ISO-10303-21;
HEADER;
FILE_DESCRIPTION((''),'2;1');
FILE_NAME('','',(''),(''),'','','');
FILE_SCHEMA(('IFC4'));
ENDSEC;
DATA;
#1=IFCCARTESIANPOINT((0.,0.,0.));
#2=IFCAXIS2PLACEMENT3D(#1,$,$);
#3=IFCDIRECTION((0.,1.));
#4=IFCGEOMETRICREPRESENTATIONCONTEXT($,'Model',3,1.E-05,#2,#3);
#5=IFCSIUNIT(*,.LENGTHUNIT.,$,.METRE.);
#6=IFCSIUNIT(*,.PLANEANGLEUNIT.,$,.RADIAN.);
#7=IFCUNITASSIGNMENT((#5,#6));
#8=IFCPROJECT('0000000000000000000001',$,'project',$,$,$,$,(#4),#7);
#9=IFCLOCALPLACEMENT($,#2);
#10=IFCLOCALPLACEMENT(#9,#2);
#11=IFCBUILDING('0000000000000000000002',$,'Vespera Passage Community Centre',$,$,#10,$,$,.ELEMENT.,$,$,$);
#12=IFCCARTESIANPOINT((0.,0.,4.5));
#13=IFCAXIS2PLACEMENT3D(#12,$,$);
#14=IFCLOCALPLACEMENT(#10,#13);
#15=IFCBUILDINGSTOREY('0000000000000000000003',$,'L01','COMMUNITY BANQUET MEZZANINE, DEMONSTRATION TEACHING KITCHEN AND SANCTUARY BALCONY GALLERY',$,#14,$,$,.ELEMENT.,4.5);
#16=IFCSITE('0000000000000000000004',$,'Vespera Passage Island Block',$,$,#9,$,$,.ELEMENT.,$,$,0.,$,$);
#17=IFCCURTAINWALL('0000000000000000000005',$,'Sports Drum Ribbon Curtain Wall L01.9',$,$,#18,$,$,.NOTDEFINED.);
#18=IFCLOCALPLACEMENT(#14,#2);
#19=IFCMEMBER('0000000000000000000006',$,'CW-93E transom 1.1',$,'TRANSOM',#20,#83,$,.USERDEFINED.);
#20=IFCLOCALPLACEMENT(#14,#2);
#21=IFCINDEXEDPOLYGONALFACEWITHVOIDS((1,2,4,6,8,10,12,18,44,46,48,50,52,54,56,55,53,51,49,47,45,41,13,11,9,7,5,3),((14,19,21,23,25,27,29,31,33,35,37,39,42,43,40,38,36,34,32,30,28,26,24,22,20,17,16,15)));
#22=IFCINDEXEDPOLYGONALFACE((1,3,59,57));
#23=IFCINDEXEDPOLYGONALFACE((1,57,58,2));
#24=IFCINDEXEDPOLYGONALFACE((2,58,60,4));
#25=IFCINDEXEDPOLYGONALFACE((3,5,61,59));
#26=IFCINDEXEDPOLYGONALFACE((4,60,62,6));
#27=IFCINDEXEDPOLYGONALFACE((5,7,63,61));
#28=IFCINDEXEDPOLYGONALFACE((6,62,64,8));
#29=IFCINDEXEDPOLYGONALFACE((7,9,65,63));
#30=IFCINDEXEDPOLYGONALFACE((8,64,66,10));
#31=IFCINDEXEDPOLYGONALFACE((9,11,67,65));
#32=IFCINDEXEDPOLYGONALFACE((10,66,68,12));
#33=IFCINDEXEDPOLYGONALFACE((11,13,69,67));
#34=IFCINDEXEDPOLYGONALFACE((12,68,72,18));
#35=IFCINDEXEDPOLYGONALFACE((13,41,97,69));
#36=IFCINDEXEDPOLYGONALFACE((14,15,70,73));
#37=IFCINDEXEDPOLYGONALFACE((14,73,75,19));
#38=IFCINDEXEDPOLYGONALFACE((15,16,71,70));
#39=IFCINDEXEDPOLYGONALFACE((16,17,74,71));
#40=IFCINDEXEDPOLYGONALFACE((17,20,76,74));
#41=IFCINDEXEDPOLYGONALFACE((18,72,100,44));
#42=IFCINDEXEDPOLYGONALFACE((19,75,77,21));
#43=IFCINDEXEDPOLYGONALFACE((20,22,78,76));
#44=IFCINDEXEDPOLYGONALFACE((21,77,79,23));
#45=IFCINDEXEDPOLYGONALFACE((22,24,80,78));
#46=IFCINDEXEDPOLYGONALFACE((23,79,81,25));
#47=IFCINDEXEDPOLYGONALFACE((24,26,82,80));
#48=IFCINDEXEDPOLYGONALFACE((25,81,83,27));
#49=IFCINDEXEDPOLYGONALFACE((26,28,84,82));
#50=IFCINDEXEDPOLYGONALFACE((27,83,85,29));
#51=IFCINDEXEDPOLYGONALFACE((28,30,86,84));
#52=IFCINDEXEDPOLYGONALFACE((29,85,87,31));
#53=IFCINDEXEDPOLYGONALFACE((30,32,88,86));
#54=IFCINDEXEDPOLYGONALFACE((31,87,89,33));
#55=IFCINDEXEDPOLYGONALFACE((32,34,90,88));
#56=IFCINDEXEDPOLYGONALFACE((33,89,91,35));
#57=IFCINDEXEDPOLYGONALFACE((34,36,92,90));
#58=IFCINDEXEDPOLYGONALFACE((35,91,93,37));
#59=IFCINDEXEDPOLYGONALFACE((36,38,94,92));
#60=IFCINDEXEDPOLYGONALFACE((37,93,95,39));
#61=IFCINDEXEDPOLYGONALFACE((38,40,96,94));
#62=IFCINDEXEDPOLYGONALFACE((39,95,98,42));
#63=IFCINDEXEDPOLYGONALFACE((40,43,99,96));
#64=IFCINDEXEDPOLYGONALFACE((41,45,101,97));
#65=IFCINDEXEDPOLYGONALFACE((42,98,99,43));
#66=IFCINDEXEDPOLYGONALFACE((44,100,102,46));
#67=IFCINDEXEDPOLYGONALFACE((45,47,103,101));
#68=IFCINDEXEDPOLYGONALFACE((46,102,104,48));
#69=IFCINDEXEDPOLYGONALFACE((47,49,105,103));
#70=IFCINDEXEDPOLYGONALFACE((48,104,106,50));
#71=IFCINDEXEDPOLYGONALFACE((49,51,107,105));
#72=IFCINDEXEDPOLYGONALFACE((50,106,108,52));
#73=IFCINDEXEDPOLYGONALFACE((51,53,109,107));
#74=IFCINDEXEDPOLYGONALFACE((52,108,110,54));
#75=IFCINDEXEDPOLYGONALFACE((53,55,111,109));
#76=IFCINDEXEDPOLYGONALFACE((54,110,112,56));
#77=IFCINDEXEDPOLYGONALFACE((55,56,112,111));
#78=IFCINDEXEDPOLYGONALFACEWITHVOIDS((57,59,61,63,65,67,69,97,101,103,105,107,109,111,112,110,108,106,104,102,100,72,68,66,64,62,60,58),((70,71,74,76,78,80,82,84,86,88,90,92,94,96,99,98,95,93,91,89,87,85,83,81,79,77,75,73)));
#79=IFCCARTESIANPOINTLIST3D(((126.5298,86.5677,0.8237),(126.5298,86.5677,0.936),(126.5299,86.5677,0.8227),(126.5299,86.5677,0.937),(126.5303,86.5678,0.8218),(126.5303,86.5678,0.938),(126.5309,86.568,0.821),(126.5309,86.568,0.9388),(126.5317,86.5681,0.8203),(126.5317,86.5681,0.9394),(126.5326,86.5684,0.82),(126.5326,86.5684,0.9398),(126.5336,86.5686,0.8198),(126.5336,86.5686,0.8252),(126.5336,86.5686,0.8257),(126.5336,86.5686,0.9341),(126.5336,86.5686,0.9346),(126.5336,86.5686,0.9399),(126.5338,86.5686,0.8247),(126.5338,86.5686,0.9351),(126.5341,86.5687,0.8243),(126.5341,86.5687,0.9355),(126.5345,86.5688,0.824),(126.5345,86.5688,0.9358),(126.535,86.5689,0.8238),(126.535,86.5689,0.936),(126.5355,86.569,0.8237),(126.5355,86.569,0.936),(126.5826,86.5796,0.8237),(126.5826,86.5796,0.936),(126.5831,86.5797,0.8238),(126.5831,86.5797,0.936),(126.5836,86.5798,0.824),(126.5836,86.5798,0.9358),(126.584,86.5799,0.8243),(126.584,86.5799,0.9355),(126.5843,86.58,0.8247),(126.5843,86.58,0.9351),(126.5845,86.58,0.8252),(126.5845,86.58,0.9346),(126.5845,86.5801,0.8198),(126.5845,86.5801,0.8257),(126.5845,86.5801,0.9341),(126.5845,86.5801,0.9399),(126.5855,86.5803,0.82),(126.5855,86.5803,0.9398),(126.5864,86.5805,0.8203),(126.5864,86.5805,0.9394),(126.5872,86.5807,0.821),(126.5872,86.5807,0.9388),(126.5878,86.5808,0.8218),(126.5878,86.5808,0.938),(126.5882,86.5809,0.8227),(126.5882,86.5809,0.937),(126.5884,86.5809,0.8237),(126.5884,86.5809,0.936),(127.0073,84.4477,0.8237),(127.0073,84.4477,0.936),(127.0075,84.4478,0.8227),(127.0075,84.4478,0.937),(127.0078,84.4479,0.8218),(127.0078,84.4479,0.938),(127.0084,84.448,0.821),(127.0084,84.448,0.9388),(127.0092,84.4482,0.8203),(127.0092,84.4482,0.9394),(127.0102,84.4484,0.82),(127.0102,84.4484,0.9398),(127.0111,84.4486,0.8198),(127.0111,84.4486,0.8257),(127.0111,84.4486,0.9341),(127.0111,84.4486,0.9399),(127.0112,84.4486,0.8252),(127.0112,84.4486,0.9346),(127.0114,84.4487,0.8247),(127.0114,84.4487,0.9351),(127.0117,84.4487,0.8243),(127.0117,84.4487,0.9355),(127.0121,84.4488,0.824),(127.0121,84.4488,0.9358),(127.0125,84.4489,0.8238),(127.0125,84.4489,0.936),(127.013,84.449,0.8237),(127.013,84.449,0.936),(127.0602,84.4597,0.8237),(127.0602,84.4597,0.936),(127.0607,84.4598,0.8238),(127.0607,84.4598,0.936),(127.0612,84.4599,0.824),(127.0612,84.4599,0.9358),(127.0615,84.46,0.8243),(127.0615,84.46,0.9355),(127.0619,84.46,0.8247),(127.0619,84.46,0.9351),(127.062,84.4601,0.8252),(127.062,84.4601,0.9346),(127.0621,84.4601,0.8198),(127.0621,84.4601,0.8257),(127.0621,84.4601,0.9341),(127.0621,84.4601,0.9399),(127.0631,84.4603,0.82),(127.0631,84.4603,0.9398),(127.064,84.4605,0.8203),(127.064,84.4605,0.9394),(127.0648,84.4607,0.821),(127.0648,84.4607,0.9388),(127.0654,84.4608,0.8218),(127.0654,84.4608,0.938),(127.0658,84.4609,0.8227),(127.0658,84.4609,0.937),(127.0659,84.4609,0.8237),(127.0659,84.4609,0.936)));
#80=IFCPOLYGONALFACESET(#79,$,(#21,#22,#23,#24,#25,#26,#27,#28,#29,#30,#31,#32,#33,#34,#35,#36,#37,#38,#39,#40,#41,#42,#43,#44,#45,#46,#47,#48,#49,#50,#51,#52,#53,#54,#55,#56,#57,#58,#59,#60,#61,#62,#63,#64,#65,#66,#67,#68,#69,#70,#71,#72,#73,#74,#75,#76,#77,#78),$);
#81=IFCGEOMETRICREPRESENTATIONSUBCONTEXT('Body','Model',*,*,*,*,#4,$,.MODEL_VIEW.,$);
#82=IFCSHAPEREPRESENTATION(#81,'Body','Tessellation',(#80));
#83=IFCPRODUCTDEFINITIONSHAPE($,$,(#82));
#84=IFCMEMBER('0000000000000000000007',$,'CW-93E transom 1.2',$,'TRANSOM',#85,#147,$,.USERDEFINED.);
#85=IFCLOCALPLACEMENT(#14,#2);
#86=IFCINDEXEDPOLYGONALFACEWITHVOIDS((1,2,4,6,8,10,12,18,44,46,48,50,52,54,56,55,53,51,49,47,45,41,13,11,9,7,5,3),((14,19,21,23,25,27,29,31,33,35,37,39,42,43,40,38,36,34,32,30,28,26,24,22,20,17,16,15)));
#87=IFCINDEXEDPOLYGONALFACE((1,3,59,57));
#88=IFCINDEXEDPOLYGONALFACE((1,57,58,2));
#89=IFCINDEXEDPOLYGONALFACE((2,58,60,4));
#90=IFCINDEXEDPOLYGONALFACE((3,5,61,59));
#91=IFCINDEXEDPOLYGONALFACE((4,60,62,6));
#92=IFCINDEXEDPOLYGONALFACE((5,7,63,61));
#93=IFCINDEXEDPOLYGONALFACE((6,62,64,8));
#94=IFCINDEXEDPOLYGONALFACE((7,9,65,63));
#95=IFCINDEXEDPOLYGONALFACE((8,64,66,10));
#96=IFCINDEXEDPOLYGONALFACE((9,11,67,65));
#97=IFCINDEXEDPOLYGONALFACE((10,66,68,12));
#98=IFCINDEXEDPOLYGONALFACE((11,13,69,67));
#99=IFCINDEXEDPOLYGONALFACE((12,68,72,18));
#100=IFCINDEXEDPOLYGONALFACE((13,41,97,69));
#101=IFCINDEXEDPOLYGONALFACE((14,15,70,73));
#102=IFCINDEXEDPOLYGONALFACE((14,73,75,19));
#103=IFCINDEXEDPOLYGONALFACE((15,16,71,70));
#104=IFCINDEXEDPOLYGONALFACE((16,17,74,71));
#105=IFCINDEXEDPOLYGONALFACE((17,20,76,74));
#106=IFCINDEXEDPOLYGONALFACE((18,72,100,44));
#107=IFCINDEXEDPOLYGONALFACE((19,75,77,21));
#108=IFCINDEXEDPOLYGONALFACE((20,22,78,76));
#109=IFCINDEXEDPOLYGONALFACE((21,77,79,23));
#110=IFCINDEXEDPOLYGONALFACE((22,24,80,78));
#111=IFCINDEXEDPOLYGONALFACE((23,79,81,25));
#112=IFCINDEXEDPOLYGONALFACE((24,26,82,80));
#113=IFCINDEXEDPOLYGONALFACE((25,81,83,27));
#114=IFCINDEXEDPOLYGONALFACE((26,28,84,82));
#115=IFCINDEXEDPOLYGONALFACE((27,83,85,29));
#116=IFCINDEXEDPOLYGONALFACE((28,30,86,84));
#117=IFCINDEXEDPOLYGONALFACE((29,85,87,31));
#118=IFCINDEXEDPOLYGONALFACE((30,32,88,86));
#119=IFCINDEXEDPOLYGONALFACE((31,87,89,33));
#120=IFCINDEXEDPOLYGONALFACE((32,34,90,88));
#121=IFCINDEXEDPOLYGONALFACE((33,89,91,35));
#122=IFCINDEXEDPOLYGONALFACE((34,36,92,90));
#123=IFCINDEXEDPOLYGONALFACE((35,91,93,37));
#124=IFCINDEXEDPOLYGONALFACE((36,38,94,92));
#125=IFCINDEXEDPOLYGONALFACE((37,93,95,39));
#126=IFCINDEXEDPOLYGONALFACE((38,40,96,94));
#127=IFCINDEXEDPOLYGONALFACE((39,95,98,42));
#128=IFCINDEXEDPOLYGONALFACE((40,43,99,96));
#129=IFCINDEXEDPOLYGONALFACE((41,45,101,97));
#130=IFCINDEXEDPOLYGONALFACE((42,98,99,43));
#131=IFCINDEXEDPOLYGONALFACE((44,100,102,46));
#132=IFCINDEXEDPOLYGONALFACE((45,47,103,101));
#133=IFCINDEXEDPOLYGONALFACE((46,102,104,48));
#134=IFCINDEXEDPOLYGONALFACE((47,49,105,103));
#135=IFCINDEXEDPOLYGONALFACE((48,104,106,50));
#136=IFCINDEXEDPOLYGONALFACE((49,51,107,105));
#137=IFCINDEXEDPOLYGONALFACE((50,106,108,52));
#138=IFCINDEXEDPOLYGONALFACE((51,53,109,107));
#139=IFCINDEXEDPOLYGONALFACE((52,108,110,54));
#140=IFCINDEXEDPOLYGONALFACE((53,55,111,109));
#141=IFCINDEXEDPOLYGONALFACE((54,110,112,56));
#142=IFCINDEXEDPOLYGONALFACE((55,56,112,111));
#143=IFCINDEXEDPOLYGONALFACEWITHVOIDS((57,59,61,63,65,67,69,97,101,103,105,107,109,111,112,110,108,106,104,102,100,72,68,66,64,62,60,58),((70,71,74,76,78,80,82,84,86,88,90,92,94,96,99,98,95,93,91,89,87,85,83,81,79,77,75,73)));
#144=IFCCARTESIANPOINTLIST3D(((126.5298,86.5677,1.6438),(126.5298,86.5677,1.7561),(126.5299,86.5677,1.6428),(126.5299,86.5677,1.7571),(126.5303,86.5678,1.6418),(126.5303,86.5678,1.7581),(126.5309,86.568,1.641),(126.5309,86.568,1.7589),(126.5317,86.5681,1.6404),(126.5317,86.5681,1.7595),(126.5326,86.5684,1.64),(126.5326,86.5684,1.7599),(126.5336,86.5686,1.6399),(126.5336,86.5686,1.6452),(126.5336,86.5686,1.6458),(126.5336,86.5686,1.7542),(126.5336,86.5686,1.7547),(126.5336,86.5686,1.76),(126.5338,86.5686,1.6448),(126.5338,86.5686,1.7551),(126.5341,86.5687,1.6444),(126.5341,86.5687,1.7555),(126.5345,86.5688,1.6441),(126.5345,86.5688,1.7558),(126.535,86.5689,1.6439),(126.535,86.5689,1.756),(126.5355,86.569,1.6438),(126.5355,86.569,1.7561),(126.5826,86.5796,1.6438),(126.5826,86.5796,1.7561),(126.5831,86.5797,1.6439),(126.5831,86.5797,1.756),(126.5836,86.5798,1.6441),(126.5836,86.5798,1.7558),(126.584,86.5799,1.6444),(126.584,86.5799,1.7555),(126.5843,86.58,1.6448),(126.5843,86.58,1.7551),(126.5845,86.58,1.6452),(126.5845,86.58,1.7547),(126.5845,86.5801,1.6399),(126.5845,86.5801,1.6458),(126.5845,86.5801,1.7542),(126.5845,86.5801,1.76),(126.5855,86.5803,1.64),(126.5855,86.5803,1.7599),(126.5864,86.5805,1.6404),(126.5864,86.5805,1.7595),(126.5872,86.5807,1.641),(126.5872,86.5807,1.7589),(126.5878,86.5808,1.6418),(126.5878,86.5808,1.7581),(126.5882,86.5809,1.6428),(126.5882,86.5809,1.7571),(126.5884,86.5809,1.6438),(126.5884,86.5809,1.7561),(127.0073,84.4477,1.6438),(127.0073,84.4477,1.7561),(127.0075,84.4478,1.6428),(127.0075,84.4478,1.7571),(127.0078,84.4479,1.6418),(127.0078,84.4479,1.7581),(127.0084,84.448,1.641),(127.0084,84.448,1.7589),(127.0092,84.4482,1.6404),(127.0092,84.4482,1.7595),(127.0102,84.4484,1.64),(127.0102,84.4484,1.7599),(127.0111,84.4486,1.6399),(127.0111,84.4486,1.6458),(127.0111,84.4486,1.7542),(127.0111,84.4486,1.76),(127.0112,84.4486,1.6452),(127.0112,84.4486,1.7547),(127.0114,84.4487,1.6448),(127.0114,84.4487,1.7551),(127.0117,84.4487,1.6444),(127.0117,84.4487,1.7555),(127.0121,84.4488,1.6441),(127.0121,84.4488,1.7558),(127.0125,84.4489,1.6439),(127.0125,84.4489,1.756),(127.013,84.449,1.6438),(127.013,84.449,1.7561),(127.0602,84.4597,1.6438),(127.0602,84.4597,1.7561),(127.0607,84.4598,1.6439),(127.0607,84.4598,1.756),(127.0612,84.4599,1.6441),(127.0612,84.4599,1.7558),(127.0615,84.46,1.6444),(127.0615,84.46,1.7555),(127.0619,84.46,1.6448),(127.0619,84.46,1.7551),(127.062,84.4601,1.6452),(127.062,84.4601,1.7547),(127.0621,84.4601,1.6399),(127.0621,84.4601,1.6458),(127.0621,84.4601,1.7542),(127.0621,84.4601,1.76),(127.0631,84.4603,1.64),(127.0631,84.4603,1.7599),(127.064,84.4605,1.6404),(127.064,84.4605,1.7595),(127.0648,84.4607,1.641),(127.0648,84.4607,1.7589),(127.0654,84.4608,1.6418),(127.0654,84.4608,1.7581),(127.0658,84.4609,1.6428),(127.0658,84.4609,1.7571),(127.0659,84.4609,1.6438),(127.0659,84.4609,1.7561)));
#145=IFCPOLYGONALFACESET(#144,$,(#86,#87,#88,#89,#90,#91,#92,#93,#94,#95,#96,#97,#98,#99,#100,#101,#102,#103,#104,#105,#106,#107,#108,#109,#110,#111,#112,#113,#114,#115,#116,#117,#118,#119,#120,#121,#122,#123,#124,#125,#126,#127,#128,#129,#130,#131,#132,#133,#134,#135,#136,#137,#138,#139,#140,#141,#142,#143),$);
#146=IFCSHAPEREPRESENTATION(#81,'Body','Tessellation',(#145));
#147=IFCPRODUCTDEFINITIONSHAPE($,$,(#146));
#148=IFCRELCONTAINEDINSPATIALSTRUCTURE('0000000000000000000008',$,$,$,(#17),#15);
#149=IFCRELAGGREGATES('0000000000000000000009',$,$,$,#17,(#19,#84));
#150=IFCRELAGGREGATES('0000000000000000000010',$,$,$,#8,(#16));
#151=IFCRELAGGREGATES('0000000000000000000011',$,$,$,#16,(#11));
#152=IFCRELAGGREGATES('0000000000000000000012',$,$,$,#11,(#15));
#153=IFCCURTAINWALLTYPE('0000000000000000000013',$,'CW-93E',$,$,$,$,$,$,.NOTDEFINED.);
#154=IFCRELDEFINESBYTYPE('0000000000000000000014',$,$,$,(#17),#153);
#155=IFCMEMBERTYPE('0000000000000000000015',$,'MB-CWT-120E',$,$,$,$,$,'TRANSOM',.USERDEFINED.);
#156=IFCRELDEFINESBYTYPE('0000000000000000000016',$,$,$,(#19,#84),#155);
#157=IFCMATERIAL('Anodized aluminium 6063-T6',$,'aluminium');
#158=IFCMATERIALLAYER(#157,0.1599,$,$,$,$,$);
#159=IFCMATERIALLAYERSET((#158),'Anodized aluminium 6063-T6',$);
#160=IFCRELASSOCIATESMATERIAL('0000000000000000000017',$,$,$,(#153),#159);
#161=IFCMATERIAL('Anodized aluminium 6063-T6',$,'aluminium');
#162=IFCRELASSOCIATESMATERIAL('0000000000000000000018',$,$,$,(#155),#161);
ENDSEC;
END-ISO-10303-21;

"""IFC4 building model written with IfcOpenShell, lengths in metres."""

from ifc_helpers import new_model, si_unit, direction, frame, origin, origin_2d, place, context, subcontext, project, spatial, hollow_rectangle, extrude, material, layer, layer_set, material_profile, profile_set, type_object, element, aggregate, save


model = new_model("IFC4")

# Units and contexts
model_context = context("Model", 3, precision=1e-05, world=origin(), true_north=direction((0.0, 1.0)))
body_context = subcontext(model_context, "Body", "Model", "MODEL_VIEW")
ifc_project = project(units=[si_unit("LENGTHUNIT", "METRE"), si_unit("PLANEANGLEUNIT", "RADIAN")], contexts=[model_context])

# Site, building, storey
site_placement = place(None, origin())
site = spatial("IfcSite", under=ifc_project, at=site_placement, Name="Vespera Passage Island Block", CompositionType="ELEMENT", RefElevation=0.0)
building_placement = place(site_placement, origin())
building = spatial("IfcBuilding", under=site, at=building_placement, Name="Vespera Passage Community Centre", CompositionType="ELEMENT")
storey_placement = place(building_placement, frame((0.0, 0.0, 4.5)))
storey = spatial("IfcBuildingStorey", under=building, at=storey_placement, Name="L01", Description="COMMUNITY BANQUET MEZZANINE, DEMONSTRATION TEACHING KITCHEN AND SANCTUARY BALCONY GALLERY", CompositionType="ELEMENT", Elevation=4.5)

# Curtain wall
ifc_material_1 = material(Name="Anodized aluminium 6063-T6", Category="aluminium")
ifc_layer_1 = layer(ifc_material_1, 0.1599)
ifc_layer_set_1 = layer_set([ifc_layer_1], Name="Anodized aluminium 6063-T6")
curtain_wall_type_1 = type_object("IfcCurtainWallType", Name="CW-93E", PredefinedType="NOTDEFINED", material=ifc_layer_set_1)
curtain_wall_1_placement = place(storey_placement, origin())
curtain_wall_1 = element("IfcCurtainWall", 1, at=curtain_wall_1_placement, inside=storey, type_object=curtain_wall_type_1, Name="Sports Drum Ribbon Curtain Wall L01.9", PredefinedType="NOTDEFINED")

# Members
ifc_material_2 = material(Name="Anodized aluminium 6063-T6", Category="aluminium")
ifc_material_profile_1 = material_profile(ifc_material_2, hollow_rectangle(XDim=0.0601, YDim=0.1201, WallThickness=0.0039, InnerFilletRadius=0.002, OuterFilletRadius=0.0039, at=origin_2d()), Name="ALU120X60X4")
ifc_profile_set_1 = profile_set([ifc_material_profile_1], Name="Anodized aluminium 6063-T6")
member_type_1 = type_object("IfcMemberType", Name="MB-CWT-120E", ElementType="TRANSOM", PredefinedType="USERDEFINED", material=ifc_profile_set_1)
member_1_placement = place(storey_placement, frame((127.0366, 84.4543, 0.8799), z_axis=(-0.219761, 0.975554, 0.0), x_axis=(-0.975554, -0.219761, 0.0)))
member_1 = element("IfcMember", 2, at=member_1_placement, type_object=member_type_1, Name="CW-93E transom 1.1", ObjectType="TRANSOM", PredefinedType="USERDEFINED", context=body_context, shape_type="SweptSolid", body=[
    extrude(hollow_rectangle(XDim=0.0601, YDim=0.1201, WallThickness=0.0039, InnerFilletRadius=0.002, OuterFilletRadius=0.0039, at=origin_2d()), origin(), (0.0, 0.0, 1.0), 2.1731),
])
member_2_placement = place(storey_placement, frame((127.0366, 84.4543, 1.7), z_axis=(-0.219761, 0.975554, 0.0), x_axis=(-0.975554, -0.219761, 0.0)))
member_2 = element("IfcMember", 3, at=member_2_placement, type_object=member_type_1, Name="CW-93E transom 1.2", ObjectType="TRANSOM", PredefinedType="USERDEFINED", context=body_context, shape_type="SweptSolid", body=[
    extrude(hollow_rectangle(XDim=0.0601, YDim=0.1201, WallThickness=0.0039, InnerFilletRadius=0.002, OuterFilletRadius=0.0039, at=origin_2d()), origin(), (0.0, 0.0, 1.0), 2.1731),
])
aggregate(curtain_wall_1, [member_1, member_2])

save(model, "model.ifc")
